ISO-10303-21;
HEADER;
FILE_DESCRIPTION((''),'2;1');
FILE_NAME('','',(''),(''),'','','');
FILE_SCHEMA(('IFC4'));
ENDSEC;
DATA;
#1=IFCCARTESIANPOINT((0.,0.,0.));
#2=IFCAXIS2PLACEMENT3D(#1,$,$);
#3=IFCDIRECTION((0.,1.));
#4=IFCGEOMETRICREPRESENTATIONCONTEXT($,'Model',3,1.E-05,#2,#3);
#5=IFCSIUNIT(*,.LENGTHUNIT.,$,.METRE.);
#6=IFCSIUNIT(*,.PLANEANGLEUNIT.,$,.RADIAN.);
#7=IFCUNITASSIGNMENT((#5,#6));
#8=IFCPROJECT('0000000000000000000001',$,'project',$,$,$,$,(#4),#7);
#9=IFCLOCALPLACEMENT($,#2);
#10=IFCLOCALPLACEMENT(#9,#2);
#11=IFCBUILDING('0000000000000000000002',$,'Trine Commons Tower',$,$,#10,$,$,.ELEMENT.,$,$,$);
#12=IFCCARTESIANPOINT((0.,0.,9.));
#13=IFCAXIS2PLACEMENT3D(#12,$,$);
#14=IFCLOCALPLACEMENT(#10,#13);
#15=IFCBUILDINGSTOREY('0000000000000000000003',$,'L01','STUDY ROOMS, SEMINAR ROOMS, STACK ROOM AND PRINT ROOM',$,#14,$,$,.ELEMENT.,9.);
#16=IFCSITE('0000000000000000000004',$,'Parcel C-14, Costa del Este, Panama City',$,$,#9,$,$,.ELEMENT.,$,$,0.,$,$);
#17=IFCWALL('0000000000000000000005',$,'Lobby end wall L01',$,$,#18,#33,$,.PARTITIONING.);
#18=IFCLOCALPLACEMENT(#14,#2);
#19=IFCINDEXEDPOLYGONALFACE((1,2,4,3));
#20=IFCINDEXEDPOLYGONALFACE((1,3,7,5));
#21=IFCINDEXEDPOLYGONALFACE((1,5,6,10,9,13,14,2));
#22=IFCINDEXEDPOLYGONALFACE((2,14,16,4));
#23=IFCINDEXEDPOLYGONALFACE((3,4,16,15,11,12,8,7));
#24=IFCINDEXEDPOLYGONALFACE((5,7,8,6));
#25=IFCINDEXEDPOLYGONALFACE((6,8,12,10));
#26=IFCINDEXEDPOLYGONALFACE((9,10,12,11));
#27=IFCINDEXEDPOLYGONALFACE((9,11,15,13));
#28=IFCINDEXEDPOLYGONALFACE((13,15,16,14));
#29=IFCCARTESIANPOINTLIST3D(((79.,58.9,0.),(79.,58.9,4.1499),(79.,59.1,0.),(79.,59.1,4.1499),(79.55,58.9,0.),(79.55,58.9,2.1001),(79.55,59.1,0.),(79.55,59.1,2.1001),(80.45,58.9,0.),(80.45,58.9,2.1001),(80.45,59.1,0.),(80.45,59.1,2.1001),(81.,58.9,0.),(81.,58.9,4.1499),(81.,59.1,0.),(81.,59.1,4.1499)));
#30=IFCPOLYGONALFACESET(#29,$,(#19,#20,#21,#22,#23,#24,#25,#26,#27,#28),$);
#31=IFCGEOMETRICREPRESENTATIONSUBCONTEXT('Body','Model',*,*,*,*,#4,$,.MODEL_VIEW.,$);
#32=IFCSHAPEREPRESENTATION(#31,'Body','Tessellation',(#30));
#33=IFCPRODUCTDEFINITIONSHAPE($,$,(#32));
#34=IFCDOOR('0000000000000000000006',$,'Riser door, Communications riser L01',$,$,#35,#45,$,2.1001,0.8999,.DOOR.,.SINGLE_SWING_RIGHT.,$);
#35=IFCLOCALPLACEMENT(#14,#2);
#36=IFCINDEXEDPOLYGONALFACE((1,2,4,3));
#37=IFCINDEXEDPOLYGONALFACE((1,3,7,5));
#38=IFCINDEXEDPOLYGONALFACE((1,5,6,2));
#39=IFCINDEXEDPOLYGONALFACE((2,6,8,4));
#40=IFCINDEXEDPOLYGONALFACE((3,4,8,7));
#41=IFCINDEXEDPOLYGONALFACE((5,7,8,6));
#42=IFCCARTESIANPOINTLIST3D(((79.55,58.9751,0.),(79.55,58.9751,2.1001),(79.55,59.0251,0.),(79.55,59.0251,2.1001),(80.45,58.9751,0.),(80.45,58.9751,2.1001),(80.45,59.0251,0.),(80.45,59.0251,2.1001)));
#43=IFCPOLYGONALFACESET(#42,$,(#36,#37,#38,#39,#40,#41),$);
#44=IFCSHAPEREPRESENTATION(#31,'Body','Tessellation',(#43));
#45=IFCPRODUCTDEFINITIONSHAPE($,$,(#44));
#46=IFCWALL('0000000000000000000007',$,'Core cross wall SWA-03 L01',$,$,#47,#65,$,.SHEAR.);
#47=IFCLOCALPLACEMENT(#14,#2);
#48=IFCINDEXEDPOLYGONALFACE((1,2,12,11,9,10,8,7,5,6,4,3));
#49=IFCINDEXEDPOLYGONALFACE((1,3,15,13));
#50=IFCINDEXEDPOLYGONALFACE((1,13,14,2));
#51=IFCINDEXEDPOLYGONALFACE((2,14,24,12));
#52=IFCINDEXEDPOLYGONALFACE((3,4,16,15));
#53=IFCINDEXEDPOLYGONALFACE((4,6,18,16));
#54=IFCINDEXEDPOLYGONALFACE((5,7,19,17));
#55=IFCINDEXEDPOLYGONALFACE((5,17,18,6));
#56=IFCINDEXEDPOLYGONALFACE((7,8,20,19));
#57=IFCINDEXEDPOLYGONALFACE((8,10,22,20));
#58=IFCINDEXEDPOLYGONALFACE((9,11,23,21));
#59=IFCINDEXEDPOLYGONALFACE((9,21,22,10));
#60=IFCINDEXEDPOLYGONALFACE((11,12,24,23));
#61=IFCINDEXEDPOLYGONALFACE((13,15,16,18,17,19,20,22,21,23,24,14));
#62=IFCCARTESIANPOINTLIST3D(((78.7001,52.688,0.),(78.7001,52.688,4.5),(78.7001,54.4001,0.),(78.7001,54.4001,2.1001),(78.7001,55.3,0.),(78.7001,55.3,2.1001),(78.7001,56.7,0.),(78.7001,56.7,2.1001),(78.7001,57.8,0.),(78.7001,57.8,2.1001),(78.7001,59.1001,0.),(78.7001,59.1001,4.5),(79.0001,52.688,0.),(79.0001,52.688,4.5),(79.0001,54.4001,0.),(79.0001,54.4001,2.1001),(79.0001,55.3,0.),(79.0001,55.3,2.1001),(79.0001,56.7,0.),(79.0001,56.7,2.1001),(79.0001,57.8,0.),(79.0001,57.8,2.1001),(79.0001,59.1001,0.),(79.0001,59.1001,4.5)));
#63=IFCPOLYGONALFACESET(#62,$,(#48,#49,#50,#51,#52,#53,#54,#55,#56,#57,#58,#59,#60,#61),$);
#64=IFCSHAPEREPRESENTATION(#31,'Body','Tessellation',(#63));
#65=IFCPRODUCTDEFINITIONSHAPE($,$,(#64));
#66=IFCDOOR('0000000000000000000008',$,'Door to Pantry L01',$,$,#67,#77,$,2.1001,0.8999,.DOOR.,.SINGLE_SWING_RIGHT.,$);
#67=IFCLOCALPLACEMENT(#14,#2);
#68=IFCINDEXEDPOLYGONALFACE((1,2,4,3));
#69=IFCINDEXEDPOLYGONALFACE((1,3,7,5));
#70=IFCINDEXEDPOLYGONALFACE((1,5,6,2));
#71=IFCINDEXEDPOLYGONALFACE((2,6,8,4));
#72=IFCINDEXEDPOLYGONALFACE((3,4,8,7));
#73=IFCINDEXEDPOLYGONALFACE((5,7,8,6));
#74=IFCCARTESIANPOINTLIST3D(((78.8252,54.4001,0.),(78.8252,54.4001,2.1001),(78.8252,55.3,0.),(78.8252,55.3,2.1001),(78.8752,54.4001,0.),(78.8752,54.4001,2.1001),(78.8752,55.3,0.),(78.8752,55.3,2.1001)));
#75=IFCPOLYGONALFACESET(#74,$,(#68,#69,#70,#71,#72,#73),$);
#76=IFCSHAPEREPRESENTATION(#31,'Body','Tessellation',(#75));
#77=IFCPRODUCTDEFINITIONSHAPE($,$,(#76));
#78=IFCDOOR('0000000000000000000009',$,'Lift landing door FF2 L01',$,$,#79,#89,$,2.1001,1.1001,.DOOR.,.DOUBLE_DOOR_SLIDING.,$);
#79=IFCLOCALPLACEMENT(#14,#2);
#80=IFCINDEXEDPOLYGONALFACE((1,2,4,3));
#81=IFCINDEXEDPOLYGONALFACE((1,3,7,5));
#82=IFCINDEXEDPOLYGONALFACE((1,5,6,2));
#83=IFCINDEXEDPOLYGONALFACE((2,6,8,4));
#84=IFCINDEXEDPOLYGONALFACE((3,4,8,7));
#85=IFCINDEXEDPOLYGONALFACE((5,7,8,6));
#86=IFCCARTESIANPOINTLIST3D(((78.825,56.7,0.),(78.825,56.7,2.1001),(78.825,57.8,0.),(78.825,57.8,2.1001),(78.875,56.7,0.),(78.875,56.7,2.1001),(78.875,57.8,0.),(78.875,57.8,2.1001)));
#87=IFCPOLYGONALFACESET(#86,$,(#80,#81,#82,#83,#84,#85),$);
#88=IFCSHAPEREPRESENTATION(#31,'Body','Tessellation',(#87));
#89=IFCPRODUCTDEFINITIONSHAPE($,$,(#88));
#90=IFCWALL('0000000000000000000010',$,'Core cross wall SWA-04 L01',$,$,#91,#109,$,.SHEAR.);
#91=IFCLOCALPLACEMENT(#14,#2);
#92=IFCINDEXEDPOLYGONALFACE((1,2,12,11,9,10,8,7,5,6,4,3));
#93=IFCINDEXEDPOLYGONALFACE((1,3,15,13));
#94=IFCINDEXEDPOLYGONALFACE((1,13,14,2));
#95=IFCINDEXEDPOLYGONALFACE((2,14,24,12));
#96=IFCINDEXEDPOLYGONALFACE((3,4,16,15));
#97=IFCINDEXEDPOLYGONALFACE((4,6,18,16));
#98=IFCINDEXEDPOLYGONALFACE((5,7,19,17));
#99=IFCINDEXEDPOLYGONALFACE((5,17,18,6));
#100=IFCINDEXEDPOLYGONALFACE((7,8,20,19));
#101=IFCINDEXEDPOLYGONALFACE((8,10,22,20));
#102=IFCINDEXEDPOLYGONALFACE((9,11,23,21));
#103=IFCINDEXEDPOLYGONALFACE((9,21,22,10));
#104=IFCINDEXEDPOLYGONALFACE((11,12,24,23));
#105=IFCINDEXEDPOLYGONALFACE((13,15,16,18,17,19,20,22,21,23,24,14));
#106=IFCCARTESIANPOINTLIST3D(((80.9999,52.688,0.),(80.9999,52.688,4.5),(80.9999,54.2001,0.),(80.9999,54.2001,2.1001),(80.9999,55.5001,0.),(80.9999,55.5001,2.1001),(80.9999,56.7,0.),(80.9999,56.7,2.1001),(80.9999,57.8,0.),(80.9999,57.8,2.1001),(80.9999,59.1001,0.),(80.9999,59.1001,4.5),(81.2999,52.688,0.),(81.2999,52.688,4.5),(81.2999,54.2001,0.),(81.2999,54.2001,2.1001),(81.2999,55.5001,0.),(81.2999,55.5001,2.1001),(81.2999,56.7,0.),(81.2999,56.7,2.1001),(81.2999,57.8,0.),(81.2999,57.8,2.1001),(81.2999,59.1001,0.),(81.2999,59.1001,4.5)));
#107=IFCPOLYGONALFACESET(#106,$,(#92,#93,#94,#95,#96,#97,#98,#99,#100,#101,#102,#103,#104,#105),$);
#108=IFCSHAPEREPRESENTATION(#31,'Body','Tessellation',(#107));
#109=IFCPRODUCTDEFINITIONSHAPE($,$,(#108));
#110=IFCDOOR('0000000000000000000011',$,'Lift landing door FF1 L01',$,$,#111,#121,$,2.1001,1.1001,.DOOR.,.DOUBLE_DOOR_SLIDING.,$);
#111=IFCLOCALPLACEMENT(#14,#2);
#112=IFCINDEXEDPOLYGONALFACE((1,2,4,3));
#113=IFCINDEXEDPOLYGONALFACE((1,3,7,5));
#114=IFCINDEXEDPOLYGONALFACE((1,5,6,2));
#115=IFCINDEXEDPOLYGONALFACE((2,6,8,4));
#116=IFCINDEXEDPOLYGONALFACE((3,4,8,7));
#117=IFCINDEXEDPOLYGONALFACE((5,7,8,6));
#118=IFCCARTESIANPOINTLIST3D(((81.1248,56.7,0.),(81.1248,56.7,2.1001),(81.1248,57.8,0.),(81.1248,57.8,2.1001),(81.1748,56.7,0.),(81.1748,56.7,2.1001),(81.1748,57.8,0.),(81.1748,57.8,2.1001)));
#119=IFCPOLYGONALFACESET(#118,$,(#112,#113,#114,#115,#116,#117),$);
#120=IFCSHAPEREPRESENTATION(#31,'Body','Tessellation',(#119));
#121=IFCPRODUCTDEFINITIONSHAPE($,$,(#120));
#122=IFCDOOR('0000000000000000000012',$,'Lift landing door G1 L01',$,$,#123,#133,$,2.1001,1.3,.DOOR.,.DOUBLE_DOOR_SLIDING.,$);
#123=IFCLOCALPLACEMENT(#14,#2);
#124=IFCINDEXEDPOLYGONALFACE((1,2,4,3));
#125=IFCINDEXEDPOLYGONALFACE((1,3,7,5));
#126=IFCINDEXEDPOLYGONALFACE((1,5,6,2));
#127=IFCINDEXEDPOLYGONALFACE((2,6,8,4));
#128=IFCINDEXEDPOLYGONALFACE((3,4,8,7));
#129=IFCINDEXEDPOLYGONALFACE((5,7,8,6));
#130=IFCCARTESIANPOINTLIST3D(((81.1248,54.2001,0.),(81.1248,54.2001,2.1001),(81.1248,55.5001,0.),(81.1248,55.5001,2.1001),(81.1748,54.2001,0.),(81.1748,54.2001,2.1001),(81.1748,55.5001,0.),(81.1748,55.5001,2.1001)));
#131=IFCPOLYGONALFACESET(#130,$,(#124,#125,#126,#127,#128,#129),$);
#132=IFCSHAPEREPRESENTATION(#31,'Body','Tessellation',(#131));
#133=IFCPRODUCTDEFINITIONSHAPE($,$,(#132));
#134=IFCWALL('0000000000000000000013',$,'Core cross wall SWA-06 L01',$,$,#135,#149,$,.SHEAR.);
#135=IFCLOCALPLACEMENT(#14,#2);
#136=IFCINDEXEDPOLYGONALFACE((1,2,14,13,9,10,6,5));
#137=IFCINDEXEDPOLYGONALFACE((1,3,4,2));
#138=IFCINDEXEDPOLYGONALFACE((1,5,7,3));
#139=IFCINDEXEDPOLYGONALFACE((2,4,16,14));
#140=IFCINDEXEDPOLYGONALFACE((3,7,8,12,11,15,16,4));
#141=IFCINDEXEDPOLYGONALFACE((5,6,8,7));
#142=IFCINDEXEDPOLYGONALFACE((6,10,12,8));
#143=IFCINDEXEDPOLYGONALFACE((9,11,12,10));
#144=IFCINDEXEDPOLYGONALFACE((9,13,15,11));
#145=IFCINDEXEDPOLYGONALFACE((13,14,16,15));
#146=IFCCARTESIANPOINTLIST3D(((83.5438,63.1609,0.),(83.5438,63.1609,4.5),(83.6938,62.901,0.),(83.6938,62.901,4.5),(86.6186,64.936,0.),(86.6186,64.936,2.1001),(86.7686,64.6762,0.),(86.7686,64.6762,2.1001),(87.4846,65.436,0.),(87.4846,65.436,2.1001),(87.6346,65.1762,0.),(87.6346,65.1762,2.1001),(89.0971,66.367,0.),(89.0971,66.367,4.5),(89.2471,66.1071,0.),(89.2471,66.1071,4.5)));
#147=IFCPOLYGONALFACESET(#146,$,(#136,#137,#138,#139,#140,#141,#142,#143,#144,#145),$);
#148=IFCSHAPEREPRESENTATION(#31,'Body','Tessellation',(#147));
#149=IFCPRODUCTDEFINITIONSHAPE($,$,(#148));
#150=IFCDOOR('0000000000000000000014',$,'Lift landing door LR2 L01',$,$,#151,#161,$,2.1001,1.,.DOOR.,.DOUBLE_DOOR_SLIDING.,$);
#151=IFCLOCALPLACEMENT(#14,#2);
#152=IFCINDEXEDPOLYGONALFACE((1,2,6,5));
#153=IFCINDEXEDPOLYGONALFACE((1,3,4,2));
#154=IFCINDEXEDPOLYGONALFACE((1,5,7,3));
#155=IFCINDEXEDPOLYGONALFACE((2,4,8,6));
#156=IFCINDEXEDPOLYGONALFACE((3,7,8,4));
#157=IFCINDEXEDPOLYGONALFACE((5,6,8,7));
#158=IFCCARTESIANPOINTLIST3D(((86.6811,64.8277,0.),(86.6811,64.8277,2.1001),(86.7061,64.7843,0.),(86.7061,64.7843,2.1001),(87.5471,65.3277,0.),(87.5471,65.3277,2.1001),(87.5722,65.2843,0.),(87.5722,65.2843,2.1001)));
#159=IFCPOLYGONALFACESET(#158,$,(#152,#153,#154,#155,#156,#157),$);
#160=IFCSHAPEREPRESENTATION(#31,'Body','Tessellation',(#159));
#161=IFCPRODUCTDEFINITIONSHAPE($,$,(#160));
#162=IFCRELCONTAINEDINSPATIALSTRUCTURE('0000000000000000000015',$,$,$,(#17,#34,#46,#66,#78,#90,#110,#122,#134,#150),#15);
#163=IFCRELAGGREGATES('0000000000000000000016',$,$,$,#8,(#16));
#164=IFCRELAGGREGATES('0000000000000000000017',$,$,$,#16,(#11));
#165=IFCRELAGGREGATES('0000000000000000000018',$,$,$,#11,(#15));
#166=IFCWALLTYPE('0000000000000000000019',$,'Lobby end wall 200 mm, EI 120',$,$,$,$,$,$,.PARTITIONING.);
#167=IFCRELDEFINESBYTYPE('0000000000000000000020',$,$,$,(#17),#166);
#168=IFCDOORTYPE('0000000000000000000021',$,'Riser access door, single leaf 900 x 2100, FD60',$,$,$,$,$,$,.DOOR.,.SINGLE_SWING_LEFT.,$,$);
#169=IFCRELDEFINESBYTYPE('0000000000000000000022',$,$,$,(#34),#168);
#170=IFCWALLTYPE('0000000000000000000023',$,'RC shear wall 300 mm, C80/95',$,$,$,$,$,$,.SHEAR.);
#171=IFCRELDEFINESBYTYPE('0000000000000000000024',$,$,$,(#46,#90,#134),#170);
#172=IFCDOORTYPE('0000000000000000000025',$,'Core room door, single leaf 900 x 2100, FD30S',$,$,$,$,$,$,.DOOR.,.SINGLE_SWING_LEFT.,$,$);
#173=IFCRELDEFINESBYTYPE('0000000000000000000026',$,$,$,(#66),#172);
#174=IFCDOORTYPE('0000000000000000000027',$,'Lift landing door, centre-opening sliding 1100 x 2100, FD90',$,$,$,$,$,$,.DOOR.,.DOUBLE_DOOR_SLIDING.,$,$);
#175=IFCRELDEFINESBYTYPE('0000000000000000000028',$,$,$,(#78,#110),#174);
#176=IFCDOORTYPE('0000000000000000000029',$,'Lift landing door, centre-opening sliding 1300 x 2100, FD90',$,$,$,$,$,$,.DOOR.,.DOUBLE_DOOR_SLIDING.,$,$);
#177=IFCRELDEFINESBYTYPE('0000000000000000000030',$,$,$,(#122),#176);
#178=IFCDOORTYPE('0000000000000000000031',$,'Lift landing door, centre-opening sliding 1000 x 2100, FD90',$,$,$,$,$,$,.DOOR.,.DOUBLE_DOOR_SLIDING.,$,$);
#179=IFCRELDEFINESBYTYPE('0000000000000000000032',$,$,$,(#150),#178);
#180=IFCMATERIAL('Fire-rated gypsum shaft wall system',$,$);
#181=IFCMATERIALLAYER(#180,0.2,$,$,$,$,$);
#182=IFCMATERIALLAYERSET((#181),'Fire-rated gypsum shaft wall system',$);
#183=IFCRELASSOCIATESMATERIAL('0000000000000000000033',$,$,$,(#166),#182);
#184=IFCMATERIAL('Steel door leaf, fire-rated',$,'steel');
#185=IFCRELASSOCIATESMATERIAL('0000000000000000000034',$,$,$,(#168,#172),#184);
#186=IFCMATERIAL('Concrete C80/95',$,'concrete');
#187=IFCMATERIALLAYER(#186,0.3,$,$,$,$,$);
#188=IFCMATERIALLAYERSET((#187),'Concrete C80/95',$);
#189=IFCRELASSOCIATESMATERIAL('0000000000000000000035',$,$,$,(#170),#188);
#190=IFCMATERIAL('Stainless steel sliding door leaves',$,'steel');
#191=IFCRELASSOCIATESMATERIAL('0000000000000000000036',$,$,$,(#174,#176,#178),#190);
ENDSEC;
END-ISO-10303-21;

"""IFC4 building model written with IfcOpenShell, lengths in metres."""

from ifc_helpers import new_model, si_unit, direction, frame, frame_2d, origin, place, context, subcontext, project, spatial, rectangle, extrude, material, layer, layer_set, type_object, element, fill, save


model = new_model("IFC4")

# Units and contexts
model_context = context("Model", 3, precision=1e-05, world=origin(), true_north=direction((0.0, 1.0)))
body_context = subcontext(model_context, "Body", "Model", "MODEL_VIEW")
ifc_project = project(units=[si_unit("LENGTHUNIT", "METRE"), si_unit("PLANEANGLEUNIT", "RADIAN")], contexts=[model_context])

# Site, building, storey
site_placement = place(None, origin())
site = spatial("IfcSite", under=ifc_project, at=site_placement, Name="Parcel C-14, Costa del Este, Panama City", CompositionType="ELEMENT", RefElevation=0.0)
building_placement = place(site_placement, origin())
building = spatial("IfcBuilding", under=site, at=building_placement, Name="Trine Commons Tower", CompositionType="ELEMENT")
storey_placement = place(building_placement, frame((0.0, 0.0, 9.0)))
storey = spatial("IfcBuildingStorey", under=building, at=storey_placement, Name="L01", Description="STUDY ROOMS, SEMINAR ROOMS, STACK ROOM AND PRINT ROOM", CompositionType="ELEMENT", Elevation=9.0)

# Wall, opening, door
ifc_material_1 = material(Name="Fire-rated gypsum shaft wall system")
ifc_layer_1 = layer(ifc_material_1, 0.2)
ifc_layer_set_1 = layer_set([ifc_layer_1], Name="Fire-rated gypsum shaft wall system")
wall_type_1 = type_object("IfcWallType", Name="Lobby end wall 200 mm, EI 120", PredefinedType="PARTITIONING", material=ifc_layer_set_1)
wall_1_placement = place(storey_placement, frame((79.0, 59.0, 0.0), z_axis=(0.0, 0.0, 1.0), x_axis=(1.0, 0.0, 0.0)))
wall_1 = element("IfcWall", 1, at=wall_1_placement, inside=storey, type_object=wall_type_1, Name="Lobby end wall L01", PredefinedType="PARTITIONING", context=body_context, shape_type="SweptSolid", body=[
    extrude(rectangle(XDim=2.0, YDim=0.2, at=frame_2d((1.0, 0.0))), origin(), (0.0, 0.0, 1.0), 4.1499),
])
opening_1_placement = place(wall_1_placement, frame((0.55, 0.0, 0.0)))
opening_1 = element("IfcOpeningElement", 2, at=opening_1_placement, cuts=wall_1, PredefinedType="OPENING", context=body_context, shape_type="SweptSolid", body=[
    extrude(rectangle(XDim=0.8999, YDim=2.1001, at=frame_2d((0.45, 1.05))), frame((0.0, 0.1099, 0.0), z_axis=(0.0, -1.0, 0.0), x_axis=(1.0, 0.0, 0.0)), (0.0, 0.0, 1.0), 0.22),
])
ifc_material_2 = material(Name="Steel door leaf, fire-rated", Category="steel")
door_type_1 = type_object("IfcDoorType", Name="Riser access door, single leaf 900 x 2100, FD60", OperationType="SINGLE_SWING_LEFT", PredefinedType="DOOR", material=ifc_material_2)
door_1_placement = place(opening_1_placement, frame((0.8999, 0.0, 0.0), z_axis=(0.0, 0.0, 1.0), x_axis=(-1.0, 0.0, 0.0)))
door_1 = element("IfcDoor", 3, at=door_1_placement, inside=storey, type_object=door_type_1, Name="Riser door, Communications riser L01", OperationType="SINGLE_SWING_RIGHT", OverallHeight=2.1001, OverallWidth=0.8999, PredefinedType="DOOR", context=body_context, shape_type="SweptSolid", body=[
    extrude(rectangle(XDim=0.8999, YDim=2.1001, at=frame_2d((0.45, 1.05))), frame((0.0, 0.0249, 0.0), z_axis=(0.0, -1.0, 0.0), x_axis=(1.0, 0.0, 0.0)), (0.0, 0.0, 1.0), 0.05),
])
fill(opening_1, door_1)

# Walls, openings, doors
ifc_material_3 = material(Name="Concrete C80/95", Category="concrete")
ifc_layer_2 = layer(ifc_material_3, 0.3)
ifc_layer_set_2 = layer_set([ifc_layer_2], Name="Concrete C80/95")
wall_type_2 = type_object("IfcWallType", Name="RC shear wall 300 mm, C80/95", PredefinedType="SHEAR", material=ifc_layer_set_2)
wall_2_placement = place(storey_placement, frame((78.8501, 59.1001, 0.0), z_axis=(0.0, 0.0, 1.0), x_axis=(0.0, -1.0, 0.0)))
wall_2 = element("IfcWall", 4, at=wall_2_placement, inside=storey, type_object=wall_type_2, Name="Core cross wall SWA-03 L01", PredefinedType="SHEAR", context=body_context, shape_type="SweptSolid", body=[
    extrude(rectangle(XDim=6.4121, YDim=0.3, at=frame_2d((3.2061, 0.0))), origin(), (0.0, 0.0, 1.0), 4.5),
])
opening_2_placement = place(wall_2_placement, frame((3.8, 0.0, 0.0)))
opening_2 = element("IfcOpeningElement", 5, at=opening_2_placement, cuts=wall_2, PredefinedType="OPENING", context=body_context, shape_type="SweptSolid", body=[
    extrude(rectangle(XDim=0.8999, YDim=2.1001, at=frame_2d((0.45, 1.05))), frame((0.0, 0.1599, 0.0), z_axis=(0.0, -1.0, 0.0), x_axis=(1.0, 0.0, 0.0)), (0.0, 0.0, 1.0), 0.3201),
])
opening_3_placement = place(wall_2_placement, frame((1.3, 0.0, 0.0)))
opening_3 = element("IfcOpeningElement", 6, at=opening_3_placement, cuts=wall_2, PredefinedType="OPENING", context=body_context, shape_type="SweptSolid", body=[
    extrude(rectangle(XDim=1.1001, YDim=2.1001, at=frame_2d((0.55, 1.05))), frame((0.0, 0.1599, 0.0), z_axis=(0.0, -1.0, 0.0), x_axis=(1.0, 0.0, 0.0)), (0.0, 0.0, 1.0), 0.3201),
])
door_type_2 = type_object("IfcDoorType", Name="Core room door, single leaf 900 x 2100, FD30S", OperationType="SINGLE_SWING_LEFT", PredefinedType="DOOR", material=ifc_material_2)
door_2_placement = place(opening_2_placement, frame((0.8999, 0.0, 0.0), z_axis=(0.0, 0.0, 1.0), x_axis=(-1.0, 0.0, 0.0)))
door_2 = element("IfcDoor", 7, at=door_2_placement, inside=storey, type_object=door_type_2, Name="Door to Pantry L01", OperationType="SINGLE_SWING_RIGHT", OverallHeight=2.1001, OverallWidth=0.8999, PredefinedType="DOOR", context=body_context, shape_type="SweptSolid", body=[
    extrude(rectangle(XDim=0.8999, YDim=2.1001, at=frame_2d((0.45, 1.05))), frame((0.0, 0.0249, 0.0), z_axis=(0.0, -1.0, 0.0), x_axis=(1.0, 0.0, 0.0)), (0.0, 0.0, 1.0), 0.05),
])
fill(opening_2, door_2)
ifc_material_4 = material(Name="Stainless steel sliding door leaves", Category="steel")
door_type_3 = type_object("IfcDoorType", Name="Lift landing door, centre-opening sliding 1100 x 2100, FD90", OperationType="DOUBLE_DOOR_SLIDING", PredefinedType="DOOR", material=ifc_material_4)
door_3_placement = place(opening_3_placement, origin())
door_3 = element("IfcDoor", 8, at=door_3_placement, inside=storey, type_object=door_type_3, Name="Lift landing door FF2 L01", OperationType="DOUBLE_DOOR_SLIDING", OverallHeight=2.1001, OverallWidth=1.1001, PredefinedType="DOOR", context=body_context, shape_type="SweptSolid", body=[
    extrude(rectangle(XDim=1.1001, YDim=2.1001, at=frame_2d((0.55, 1.05))), frame((0.0, 0.0249, 0.0), z_axis=(0.0, -1.0, 0.0), x_axis=(1.0, 0.0, 0.0)), (0.0, 0.0, 1.0), 0.05),
])
fill(opening_3, door_3)
wall_3_placement = place(storey_placement, frame((81.1499, 59.1001, 0.0), z_axis=(0.0, 0.0, 1.0), x_axis=(0.0, -1.0, 0.0)))
wall_3 = element("IfcWall", 9, at=wall_3_placement, inside=storey, type_object=wall_type_2, Name="Core cross wall SWA-04 L01", PredefinedType="SHEAR", context=body_context, shape_type="SweptSolid", body=[
    extrude(rectangle(XDim=6.4121, YDim=0.3, at=frame_2d((3.2061, 0.0))), origin(), (0.0, 0.0, 1.0), 4.5),
])
opening_4_placement = place(wall_3_placement, frame((3.6001, 0.0, 0.0)))
opening_4 = element("IfcOpeningElement", 10, at=opening_4_placement, cuts=wall_3, PredefinedType="OPENING", context=body_context, shape_type="SweptSolid", body=[
    extrude(rectangle(XDim=1.3, YDim=2.1001, at=frame_2d((0.6499, 1.05))), frame((0.0, 0.1599, 0.0), z_axis=(0.0, -1.0, 0.0), x_axis=(1.0, 0.0, 0.0)), (0.0, 0.0, 1.0), 0.3201),
])
opening_5_placement = place(wall_3_placement, frame((1.3, 0.0, 0.0)))
opening_5 = element("IfcOpeningElement", 11, at=opening_5_placement, cuts=wall_3, PredefinedType="OPENING", context=body_context, shape_type="SweptSolid", body=[
    extrude(rectangle(XDim=1.1001, YDim=2.1001, at=frame_2d((0.55, 1.05))), frame((0.0, 0.1599, 0.0), z_axis=(0.0, -1.0, 0.0), x_axis=(1.0, 0.0, 0.0)), (0.0, 0.0, 1.0), 0.3201),
])
door_4_placement = place(opening_5_placement, origin())
door_4 = element("IfcDoor", 12, at=door_4_placement, inside=storey, type_object=door_type_3, Name="Lift landing door FF1 L01", OperationType="DOUBLE_DOOR_SLIDING", OverallHeight=2.1001, OverallWidth=1.1001, PredefinedType="DOOR", context=body_context, shape_type="SweptSolid", body=[
    extrude(rectangle(XDim=1.1001, YDim=2.1001, at=frame_2d((0.55, 1.05))), frame((0.0, 0.0249, 0.0), z_axis=(0.0, -1.0, 0.0), x_axis=(1.0, 0.0, 0.0)), (0.0, 0.0, 1.0), 0.05),
])
fill(opening_5, door_4)
door_type_4 = type_object("IfcDoorType", Name="Lift landing door, centre-opening sliding 1300 x 2100, FD90", OperationType="DOUBLE_DOOR_SLIDING", PredefinedType="DOOR", material=ifc_material_4)
door_5_placement = place(opening_4_placement, origin())
door_5 = element("IfcDoor", 13, at=door_5_placement, inside=storey, type_object=door_type_4, Name="Lift landing door G1 L01", OperationType="DOUBLE_DOOR_SLIDING", OverallHeight=2.1001, OverallWidth=1.3, PredefinedType="DOOR", context=body_context, shape_type="SweptSolid", body=[
    extrude(rectangle(XDim=1.3, YDim=2.1001, at=frame_2d((0.6499, 1.05))), frame((0.0, 0.0249, 0.0), z_axis=(0.0, -1.0, 0.0), x_axis=(1.0, 0.0, 0.0)), (0.0, 0.0, 1.0), 0.05),
])
fill(opening_4, door_5)

# Wall, opening, door
wall_4_placement = place(storey_placement, frame((83.6189, 63.031, 0.0), z_axis=(0.0, 0.0, 1.0), x_axis=(0.866032, 0.499988, 0.0)))
wall_4 = element("IfcWall", 14, at=wall_4_placement, inside=storey, type_object=wall_type_2, Name="Core cross wall SWA-06 L01", PredefinedType="SHEAR", context=body_context, shape_type="SweptSolid", body=[
    extrude(rectangle(XDim=6.4124, YDim=0.3, at=frame_2d((3.2061, 0.0))), origin(), (0.0, 0.0, 1.0), 4.5),
])
opening_6_placement = place(wall_4_placement, frame((3.5503, 0.0, 0.0)))
opening_6 = element("IfcOpeningElement", 15, at=opening_6_placement, cuts=wall_4, PredefinedType="OPENING", context=body_context, shape_type="SweptSolid", body=[
    extrude(rectangle(XDim=1.0, YDim=2.1001, at=frame_2d((0.5, 1.05))), frame((0.0, 0.1599, 0.0), z_axis=(0.0, -1.0, 0.0), x_axis=(1.0, 0.0, 0.0)), (0.0, 0.0, 1.0), 0.3201),
])
door_type_5 = type_object("IfcDoorType", Name="Lift landing door, centre-opening sliding 1000 x 2100, FD90", OperationType="DOUBLE_DOOR_SLIDING", PredefinedType="DOOR", material=ifc_material_4)
door_6_placement = place(opening_6_placement, origin())
door_6 = element("IfcDoor", 16, at=door_6_placement, inside=storey, type_object=door_type_5, Name="Lift landing door LR2 L01", OperationType="DOUBLE_DOOR_SLIDING", OverallHeight=2.1001, OverallWidth=1.0, PredefinedType="DOOR", context=body_context, shape_type="SweptSolid", body=[
    extrude(rectangle(XDim=1.0, YDim=2.1001, at=frame_2d((0.5, 1.05))), frame((0.0, 0.0249, 0.0), z_axis=(0.0, -1.0, 0.0), x_axis=(1.0, 0.0, 0.0)), (0.0, 0.0, 1.0), 0.05),
])
fill(opening_6, door_6)

save(model, "model.ifc")
